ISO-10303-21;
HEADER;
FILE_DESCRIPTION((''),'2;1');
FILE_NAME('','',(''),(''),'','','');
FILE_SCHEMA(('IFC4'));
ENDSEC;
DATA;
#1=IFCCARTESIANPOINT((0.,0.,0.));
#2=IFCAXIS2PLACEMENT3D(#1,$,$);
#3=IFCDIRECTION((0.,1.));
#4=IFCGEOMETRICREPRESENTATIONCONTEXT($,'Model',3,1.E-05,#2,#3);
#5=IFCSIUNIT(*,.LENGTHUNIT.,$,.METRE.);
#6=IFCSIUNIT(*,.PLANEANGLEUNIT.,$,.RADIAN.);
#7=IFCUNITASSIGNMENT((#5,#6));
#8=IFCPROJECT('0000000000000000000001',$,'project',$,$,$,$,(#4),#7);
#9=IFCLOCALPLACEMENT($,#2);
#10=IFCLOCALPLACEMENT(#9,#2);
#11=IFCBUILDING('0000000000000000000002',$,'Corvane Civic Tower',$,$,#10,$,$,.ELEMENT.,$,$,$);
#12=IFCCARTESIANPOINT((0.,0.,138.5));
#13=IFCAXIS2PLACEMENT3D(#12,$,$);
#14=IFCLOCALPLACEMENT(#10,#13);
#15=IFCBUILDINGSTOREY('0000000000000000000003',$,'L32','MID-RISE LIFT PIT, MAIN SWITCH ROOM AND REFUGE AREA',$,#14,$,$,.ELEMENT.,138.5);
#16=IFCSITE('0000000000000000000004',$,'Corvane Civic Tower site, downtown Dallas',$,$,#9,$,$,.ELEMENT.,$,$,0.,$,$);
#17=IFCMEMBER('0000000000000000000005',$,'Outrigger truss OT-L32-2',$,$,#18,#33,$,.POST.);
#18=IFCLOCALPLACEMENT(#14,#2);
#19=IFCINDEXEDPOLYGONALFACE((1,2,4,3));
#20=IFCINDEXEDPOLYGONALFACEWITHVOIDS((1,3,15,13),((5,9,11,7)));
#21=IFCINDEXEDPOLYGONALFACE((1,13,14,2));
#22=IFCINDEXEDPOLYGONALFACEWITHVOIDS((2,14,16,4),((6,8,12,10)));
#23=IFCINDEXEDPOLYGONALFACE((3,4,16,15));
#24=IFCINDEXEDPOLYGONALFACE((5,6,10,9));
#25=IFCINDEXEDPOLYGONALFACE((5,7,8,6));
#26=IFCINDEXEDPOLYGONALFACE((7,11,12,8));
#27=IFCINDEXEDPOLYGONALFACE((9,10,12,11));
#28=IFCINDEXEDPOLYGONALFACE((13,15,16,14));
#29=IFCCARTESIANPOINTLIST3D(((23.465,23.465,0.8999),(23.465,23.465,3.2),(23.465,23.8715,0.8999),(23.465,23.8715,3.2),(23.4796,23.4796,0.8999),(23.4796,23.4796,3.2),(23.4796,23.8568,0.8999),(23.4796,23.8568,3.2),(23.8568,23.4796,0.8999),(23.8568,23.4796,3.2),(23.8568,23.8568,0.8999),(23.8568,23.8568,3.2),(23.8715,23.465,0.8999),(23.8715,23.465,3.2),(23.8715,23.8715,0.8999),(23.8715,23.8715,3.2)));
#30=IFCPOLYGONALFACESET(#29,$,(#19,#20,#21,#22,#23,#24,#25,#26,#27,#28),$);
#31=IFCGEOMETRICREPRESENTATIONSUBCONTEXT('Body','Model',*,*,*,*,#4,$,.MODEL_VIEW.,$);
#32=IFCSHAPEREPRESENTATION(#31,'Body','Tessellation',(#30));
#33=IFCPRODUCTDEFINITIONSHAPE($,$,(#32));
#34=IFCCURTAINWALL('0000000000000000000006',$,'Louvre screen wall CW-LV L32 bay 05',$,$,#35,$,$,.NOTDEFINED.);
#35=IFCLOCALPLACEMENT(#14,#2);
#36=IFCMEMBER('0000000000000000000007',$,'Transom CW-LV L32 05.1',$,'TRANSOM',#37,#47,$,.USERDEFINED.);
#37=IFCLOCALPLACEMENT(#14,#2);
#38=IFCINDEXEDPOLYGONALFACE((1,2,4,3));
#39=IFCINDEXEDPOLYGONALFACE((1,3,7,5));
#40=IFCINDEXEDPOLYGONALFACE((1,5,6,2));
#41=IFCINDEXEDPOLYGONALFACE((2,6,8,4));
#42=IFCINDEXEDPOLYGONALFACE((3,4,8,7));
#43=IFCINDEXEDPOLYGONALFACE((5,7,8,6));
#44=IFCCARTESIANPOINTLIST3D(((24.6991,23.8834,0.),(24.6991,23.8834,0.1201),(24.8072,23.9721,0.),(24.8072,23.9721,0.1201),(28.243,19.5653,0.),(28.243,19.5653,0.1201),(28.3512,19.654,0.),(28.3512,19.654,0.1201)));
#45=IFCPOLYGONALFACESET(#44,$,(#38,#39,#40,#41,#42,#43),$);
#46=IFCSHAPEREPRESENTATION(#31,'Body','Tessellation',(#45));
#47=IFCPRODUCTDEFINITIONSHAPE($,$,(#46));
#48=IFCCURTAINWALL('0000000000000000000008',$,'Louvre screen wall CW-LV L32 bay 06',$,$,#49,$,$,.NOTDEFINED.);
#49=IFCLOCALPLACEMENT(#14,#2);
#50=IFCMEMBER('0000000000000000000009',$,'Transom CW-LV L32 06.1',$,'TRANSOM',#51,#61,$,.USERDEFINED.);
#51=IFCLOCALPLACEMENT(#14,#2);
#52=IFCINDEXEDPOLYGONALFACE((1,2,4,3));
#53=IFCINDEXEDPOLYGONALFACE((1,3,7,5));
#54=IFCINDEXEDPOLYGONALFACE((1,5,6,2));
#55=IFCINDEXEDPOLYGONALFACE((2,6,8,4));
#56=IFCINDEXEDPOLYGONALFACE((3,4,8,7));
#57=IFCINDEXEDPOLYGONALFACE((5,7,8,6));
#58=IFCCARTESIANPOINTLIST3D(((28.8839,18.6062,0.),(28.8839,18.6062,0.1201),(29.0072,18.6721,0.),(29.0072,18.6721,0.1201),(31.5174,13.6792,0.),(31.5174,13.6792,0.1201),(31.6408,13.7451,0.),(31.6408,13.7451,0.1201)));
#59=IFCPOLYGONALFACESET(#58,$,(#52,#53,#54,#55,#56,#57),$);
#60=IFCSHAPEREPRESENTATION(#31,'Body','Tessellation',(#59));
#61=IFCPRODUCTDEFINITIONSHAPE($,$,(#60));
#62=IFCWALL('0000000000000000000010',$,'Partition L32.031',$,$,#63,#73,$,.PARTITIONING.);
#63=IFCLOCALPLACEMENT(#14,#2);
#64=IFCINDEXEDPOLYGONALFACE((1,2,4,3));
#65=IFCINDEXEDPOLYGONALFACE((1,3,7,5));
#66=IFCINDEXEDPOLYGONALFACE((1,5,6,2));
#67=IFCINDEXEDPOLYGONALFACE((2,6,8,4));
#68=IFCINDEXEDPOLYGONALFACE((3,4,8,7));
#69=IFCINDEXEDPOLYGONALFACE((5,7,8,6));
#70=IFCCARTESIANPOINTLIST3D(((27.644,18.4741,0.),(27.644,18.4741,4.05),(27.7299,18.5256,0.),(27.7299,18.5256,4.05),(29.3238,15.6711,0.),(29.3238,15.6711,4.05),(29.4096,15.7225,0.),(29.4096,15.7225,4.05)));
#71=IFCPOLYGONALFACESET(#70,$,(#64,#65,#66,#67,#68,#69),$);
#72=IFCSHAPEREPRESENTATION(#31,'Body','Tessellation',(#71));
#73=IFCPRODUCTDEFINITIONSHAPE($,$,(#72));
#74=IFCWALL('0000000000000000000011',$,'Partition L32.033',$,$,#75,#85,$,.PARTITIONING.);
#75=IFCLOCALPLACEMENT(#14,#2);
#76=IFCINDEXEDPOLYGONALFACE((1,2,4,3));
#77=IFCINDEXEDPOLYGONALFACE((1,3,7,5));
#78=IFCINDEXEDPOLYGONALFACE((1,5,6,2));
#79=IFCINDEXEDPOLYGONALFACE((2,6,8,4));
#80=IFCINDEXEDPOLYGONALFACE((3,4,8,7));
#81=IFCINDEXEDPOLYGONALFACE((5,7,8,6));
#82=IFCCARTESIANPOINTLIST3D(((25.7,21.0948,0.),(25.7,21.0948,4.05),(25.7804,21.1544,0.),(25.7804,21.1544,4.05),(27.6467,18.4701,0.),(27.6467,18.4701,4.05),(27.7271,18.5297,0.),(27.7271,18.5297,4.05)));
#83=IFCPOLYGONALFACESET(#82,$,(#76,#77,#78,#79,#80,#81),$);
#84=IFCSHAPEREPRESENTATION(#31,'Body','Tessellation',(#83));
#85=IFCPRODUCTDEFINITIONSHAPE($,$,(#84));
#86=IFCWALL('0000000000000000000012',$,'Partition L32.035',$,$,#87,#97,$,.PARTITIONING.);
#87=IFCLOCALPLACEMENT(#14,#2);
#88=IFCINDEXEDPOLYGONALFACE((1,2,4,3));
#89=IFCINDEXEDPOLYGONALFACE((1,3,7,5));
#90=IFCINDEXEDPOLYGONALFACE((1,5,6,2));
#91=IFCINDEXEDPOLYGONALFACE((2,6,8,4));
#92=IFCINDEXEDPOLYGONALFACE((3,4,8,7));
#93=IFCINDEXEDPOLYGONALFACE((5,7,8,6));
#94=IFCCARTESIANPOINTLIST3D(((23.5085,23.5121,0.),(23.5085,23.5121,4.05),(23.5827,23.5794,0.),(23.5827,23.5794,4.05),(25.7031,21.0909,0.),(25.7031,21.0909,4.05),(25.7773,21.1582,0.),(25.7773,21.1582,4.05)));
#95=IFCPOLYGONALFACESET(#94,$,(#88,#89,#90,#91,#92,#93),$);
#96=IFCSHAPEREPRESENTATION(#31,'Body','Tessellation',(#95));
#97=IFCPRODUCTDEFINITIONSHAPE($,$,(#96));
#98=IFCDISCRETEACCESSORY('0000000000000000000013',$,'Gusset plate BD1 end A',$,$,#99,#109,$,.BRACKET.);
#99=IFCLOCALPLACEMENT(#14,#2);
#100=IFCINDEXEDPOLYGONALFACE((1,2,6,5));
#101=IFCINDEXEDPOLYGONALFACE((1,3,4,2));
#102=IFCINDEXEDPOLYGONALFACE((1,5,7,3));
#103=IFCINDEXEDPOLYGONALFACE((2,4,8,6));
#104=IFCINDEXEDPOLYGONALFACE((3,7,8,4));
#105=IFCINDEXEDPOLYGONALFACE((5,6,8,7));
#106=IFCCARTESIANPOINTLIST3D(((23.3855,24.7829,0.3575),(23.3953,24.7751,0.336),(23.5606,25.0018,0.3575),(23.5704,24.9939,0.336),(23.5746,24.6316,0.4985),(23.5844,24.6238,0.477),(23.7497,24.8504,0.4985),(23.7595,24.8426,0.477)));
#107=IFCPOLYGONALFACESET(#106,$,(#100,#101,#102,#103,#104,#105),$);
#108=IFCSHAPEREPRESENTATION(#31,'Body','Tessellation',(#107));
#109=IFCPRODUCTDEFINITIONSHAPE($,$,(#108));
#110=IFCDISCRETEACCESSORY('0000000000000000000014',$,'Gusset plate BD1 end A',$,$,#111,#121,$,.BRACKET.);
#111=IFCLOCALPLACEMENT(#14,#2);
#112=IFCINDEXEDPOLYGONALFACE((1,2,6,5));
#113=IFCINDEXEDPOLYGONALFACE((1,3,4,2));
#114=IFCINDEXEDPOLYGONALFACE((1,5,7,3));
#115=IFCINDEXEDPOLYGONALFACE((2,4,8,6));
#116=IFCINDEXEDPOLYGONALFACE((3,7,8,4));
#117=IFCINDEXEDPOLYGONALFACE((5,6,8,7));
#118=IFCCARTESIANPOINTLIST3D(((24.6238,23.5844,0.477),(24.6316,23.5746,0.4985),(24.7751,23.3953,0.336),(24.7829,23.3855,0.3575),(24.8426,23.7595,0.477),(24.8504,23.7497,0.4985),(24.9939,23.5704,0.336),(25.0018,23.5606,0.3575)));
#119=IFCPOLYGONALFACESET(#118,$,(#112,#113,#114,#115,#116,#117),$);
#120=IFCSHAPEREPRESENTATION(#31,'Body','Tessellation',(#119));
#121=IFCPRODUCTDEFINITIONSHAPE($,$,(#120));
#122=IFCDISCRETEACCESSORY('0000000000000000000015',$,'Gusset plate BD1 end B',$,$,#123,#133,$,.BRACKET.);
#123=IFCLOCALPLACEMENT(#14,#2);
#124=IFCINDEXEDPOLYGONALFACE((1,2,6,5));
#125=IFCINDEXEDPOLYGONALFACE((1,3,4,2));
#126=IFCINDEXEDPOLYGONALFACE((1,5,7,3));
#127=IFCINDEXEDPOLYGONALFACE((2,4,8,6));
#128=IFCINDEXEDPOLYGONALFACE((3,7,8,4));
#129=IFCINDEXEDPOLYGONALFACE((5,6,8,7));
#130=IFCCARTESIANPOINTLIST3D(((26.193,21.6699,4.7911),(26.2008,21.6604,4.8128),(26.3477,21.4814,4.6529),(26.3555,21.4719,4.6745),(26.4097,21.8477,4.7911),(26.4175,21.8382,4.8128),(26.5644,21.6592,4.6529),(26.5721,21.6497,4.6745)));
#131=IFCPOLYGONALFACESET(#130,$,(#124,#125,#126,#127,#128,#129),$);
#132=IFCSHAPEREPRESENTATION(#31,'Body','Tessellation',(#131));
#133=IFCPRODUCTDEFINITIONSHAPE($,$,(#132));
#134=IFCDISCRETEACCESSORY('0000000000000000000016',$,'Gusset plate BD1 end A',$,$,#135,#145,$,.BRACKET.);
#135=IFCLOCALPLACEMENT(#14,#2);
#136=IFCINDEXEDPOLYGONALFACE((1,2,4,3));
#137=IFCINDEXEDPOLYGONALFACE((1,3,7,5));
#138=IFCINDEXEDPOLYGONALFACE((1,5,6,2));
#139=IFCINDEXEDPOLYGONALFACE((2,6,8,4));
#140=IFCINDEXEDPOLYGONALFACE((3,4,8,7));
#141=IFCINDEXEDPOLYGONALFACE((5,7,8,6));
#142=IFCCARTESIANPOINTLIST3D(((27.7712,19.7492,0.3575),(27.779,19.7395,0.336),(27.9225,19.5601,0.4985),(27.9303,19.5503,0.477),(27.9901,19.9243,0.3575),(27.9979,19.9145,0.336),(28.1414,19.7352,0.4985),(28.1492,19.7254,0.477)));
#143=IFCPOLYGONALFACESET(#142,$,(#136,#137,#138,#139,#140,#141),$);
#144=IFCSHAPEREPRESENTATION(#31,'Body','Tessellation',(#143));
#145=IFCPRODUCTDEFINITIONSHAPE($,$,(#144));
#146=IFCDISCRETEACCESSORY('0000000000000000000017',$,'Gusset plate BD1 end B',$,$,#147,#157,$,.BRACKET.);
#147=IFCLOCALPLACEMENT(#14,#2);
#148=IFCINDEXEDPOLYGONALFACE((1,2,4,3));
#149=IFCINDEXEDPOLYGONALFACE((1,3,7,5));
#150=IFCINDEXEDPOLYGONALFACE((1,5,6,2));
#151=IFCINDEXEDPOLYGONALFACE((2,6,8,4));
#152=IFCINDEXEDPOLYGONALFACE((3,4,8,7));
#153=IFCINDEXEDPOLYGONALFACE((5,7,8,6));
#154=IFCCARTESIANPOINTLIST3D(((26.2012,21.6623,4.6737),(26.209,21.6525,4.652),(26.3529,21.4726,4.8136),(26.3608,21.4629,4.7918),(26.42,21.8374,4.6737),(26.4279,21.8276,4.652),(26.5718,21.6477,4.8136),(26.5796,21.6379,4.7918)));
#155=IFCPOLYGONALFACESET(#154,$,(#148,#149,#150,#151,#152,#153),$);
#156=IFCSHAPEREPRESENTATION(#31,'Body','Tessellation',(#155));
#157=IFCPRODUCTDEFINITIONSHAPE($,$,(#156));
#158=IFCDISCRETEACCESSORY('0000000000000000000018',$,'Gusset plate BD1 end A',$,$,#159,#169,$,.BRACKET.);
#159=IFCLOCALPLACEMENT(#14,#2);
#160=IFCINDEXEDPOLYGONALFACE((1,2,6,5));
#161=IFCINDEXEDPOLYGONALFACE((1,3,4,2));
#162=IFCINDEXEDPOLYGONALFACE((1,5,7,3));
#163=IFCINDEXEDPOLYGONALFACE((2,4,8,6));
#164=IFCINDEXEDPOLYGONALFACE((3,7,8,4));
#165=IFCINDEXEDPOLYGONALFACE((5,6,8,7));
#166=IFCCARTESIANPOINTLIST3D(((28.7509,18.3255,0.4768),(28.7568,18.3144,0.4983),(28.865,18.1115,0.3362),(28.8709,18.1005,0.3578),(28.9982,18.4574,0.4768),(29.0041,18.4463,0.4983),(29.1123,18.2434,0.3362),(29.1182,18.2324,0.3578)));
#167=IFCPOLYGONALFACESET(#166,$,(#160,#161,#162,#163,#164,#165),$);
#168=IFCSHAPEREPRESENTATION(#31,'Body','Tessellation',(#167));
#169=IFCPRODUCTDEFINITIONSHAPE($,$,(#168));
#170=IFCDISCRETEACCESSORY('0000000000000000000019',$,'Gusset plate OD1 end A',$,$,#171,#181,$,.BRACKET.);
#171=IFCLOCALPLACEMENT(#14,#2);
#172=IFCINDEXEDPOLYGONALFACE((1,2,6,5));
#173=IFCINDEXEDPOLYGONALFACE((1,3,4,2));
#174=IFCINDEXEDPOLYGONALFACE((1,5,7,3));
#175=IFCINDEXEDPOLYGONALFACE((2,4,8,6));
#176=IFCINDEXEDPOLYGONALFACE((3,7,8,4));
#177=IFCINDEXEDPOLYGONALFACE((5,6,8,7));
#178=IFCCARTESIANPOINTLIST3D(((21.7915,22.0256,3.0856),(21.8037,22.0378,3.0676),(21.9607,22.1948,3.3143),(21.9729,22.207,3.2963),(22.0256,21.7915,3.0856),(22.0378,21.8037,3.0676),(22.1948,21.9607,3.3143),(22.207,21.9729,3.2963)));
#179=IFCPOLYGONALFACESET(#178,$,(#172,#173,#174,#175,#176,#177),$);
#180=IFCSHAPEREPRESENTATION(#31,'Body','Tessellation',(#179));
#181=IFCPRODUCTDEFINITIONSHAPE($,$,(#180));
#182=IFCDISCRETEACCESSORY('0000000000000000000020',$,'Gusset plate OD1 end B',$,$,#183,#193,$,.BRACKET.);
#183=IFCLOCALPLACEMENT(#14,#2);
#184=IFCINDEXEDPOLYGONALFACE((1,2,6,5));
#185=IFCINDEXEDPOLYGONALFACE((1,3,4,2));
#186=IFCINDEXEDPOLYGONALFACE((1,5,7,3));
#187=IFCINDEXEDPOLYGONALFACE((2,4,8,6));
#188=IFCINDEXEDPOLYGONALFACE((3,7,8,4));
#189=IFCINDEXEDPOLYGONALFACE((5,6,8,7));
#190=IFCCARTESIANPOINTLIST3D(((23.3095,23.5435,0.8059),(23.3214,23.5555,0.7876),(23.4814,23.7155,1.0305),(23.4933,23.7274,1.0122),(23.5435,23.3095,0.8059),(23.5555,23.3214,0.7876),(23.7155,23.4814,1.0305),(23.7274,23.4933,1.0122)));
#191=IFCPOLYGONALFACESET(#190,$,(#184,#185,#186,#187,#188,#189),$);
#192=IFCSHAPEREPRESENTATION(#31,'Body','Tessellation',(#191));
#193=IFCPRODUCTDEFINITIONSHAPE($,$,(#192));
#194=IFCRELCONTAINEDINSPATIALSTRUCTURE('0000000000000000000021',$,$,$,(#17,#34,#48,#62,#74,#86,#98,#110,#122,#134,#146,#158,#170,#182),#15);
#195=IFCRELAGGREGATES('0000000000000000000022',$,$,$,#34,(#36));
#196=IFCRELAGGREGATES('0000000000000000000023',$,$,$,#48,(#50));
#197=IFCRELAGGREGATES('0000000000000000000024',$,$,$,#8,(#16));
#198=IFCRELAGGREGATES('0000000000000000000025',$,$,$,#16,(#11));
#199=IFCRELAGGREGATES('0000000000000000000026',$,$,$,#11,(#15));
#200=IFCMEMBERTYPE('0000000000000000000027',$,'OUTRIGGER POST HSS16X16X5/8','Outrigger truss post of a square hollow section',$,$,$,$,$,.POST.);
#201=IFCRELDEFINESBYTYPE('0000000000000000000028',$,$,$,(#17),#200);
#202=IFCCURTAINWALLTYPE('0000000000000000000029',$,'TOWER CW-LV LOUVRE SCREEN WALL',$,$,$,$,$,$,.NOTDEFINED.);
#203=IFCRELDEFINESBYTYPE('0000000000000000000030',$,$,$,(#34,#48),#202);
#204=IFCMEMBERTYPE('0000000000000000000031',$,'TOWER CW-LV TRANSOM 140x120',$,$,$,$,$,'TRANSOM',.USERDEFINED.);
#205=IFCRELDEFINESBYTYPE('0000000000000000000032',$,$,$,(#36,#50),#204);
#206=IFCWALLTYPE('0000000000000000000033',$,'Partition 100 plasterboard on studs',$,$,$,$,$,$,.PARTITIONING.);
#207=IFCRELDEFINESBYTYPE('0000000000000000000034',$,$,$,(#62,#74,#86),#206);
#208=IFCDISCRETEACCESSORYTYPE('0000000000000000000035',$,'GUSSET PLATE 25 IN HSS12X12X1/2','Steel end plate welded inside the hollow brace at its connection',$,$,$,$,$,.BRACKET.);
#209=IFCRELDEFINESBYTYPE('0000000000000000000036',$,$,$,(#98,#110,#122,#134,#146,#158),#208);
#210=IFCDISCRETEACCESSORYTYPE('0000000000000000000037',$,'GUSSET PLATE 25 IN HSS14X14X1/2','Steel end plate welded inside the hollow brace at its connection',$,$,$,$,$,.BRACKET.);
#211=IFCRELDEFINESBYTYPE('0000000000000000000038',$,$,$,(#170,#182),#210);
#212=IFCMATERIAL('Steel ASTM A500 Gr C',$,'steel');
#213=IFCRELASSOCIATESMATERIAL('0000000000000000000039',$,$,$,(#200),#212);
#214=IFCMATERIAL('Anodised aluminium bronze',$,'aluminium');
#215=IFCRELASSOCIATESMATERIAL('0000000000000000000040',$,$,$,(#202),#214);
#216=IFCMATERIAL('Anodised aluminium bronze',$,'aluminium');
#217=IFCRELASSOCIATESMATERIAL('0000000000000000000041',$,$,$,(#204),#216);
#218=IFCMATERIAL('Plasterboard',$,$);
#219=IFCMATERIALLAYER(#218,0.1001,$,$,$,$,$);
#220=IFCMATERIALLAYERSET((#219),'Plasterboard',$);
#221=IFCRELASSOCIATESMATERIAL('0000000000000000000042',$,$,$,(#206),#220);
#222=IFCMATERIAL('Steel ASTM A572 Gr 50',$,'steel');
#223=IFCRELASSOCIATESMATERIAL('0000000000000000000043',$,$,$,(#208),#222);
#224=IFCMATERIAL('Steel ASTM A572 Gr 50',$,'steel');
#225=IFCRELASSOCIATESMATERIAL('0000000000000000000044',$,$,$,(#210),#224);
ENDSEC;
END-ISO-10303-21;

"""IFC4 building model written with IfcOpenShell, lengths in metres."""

from ifc_helpers import new_model, si_unit, direction, frame, frame_2d, origin, origin_2d, place, context, subcontext, project, spatial, rectangle, hollow_rectangle, extrude, material, layer, layer_set, material_profile, profile_set, type_object, element, aggregate, save


model = new_model("IFC4")

# Units and contexts
model_context = context("Model", 3, precision=1e-05, world=origin(), true_north=direction((0.0, 1.0)))
body_context = subcontext(model_context, "Body", "Model", "MODEL_VIEW")
ifc_project = project(units=[si_unit("LENGTHUNIT", "METRE"), si_unit("PLANEANGLEUNIT", "RADIAN")], contexts=[model_context])

# Site, building, storey
site_placement = place(None, origin())
site = spatial("IfcSite", under=ifc_project, at=site_placement, Name="Corvane Civic Tower site, downtown Dallas", CompositionType="ELEMENT", RefElevation=0.0)
building_placement = place(site_placement, origin())
building = spatial("IfcBuilding", under=site, at=building_placement, Name="Corvane Civic Tower", CompositionType="ELEMENT")
storey_placement = place(building_placement, frame((0.0, 0.0, 138.5)))
storey = spatial("IfcBuildingStorey", under=building, at=storey_placement, Name="L32", Description="MID-RISE LIFT PIT, MAIN SWITCH ROOM AND REFUGE AREA", CompositionType="ELEMENT", Elevation=138.5)

# Member
ifc_material_1 = material(Name="Steel ASTM A500 Gr C", Category="steel")
ifc_material_profile_1 = material_profile(ifc_material_1, hollow_rectangle(XDim=0.4065, YDim=0.4065, WallThickness=0.0146, at=origin_2d()), Name="HSS16X16X5/8")
ifc_profile_set_1 = profile_set([ifc_material_profile_1], Name="Steel ASTM A500 Gr C")
member_type_1 = type_object("IfcMemberType", Name="OUTRIGGER POST HSS16X16X5/8", Description="Outrigger truss post of a square hollow section", PredefinedType="POST", material=ifc_profile_set_1)
member_1_placement = place(storey_placement, frame((23.6682, 23.6682, 0.8999), z_axis=(0.0, 0.0, 1.0), x_axis=(1.0, 0.0, 0.0)))
element("IfcMember", 1, at=member_1_placement, inside=storey, type_object=member_type_1, Name="Outrigger truss OT-L32-2", PredefinedType="POST", context=body_context, shape_type="SweptSolid", body=[
    extrude(hollow_rectangle(XDim=0.4065, YDim=0.4065, WallThickness=0.0146, at=origin_2d()), origin(), (0.0, 0.0, 1.0), 2.3),
])

# Curtain walls, members
ifc_material_2 = material(Name="Anodised aluminium bronze", Category="aluminium")
curtain_wall_type = type_object("IfcCurtainWallType", Name="TOWER CW-LV LOUVRE SCREEN WALL", PredefinedType="NOTDEFINED", material=ifc_material_2)
curtain_wall_1_placement = place(storey_placement, origin())
curtain_wall_1 = element("IfcCurtainWall", 2, at=curtain_wall_1_placement, inside=storey, type_object=curtain_wall_type, Name="Louvre screen wall CW-LV L32 bay 05", PredefinedType="NOTDEFINED")
ifc_material_3 = material(Name="Anodised aluminium bronze", Category="aluminium")
ifc_material_profile_2 = material_profile(ifc_material_3, rectangle(XDim=0.1399, YDim=0.1201, at=origin_2d()), Name="TOWER CW-LV TRANSOM 140x120")
ifc_profile_set_2 = profile_set([ifc_material_profile_2], Name="Anodised aluminium bronze")
member_type_2 = type_object("IfcMemberType", Name="TOWER CW-LV TRANSOM 140x120", ElementType="TRANSOM", PredefinedType="USERDEFINED", material=ifc_profile_set_2)
member_2_placement = place(storey_placement, frame((24.7532, 23.9277, 0.0601), z_axis=(0.63441, -0.772996, 0.0), x_axis=(0.772996, 0.63441, 0.0)))
member_2 = element("IfcMember", 3, at=member_2_placement, type_object=member_type_2, Name="Transom CW-LV L32 05.1", ObjectType="TRANSOM", PredefinedType="USERDEFINED", context=body_context, shape_type="SweptSolid", body=[
    extrude(rectangle(XDim=0.1399, YDim=0.1201, at=origin_2d()), origin(), (0.0, 0.0, 1.0), 5.5862),
])
curtain_wall_2_placement = place(storey_placement, origin())
curtain_wall_2 = element("IfcCurtainWall", 4, at=curtain_wall_2_placement, inside=storey, type_object=curtain_wall_type, Name="Louvre screen wall CW-LV L32 bay 06", PredefinedType="NOTDEFINED")
member_3_placement = place(storey_placement, frame((28.9456, 18.6392, 0.0601), z_axis=(0.471398, -0.881921, 0.0), x_axis=(0.881921, 0.471398, 0.0)))
member_3 = element("IfcMember", 5, at=member_3_placement, type_object=member_type_2, Name="Transom CW-LV L32 06.1", ObjectType="TRANSOM", PredefinedType="USERDEFINED", context=body_context, shape_type="SweptSolid", body=[
    extrude(rectangle(XDim=0.1399, YDim=0.1201, at=origin_2d()), origin(), (0.0, 0.0, 1.0), 5.5867),
])

# Walls
ifc_material_4 = material(Name="Plasterboard")
ifc_layer = layer(ifc_material_4, 0.1001)
ifc_layer_set = layer_set([ifc_layer], Name="Plasterboard")
wall_type = type_object("IfcWallType", Name="Partition 100 plasterboard on studs", PredefinedType="PARTITIONING", material=ifc_layer_set)
for number, where, z_axis, x_axis, name in (
    (6, (27.687, 18.4998, 0.0), (0.0, 0.0, 1.0), (0.514023, -0.857776, 0.0), "Partition L32.031"),
    (7, (25.7402, 21.1245, 0.0), (0.0, 0.0, 1.0), (0.595724, -0.803189, 0.0), "Partition L32.033"),
    (8, (23.5457, 23.5457, 0.0), (0.0, 0.0, 1.0), (0.67159, -0.740923, 0.0), "Partition L32.035"),
):
    element("IfcWall", number, at=place(storey_placement, frame(where, z_axis=z_axis, x_axis=x_axis)), inside=storey, type_object=wall_type, Name=name, PredefinedType="PARTITIONING", context=body_context, shape_type="SweptSolid", body=[
        extrude(rectangle(XDim=3.2678, YDim=0.1001, at=frame_2d((1.6338, 0.0))), origin(), (0.0, 0.0, 1.0), 4.05),
    ])

aggregate(curtain_wall_1, [member_2])
aggregate(curtain_wall_2, [member_3])

# Discrete accessories
ifc_material_5 = material(Name="Steel ASTM A572 Gr 50", Category="steel")
ifc_material_profile_3 = material_profile(ifc_material_5, rectangle(XDim=0.2803, YDim=0.2803, at=origin_2d()), Name="GUSSET PLATE 25 IN HSS12X12X1/2")
ifc_profile_set_3 = profile_set([ifc_material_profile_3], Name="Steel ASTM A572 Gr 50")
discrete_accessory_type_1 = type_object("IfcDiscreteAccessoryType", Name="GUSSET PLATE 25 IN HSS12X12X1/2", Description="Steel end plate welded inside the hollow brace at its connection", PredefinedType="BRACKET", material=ifc_profile_set_3)
for number, where, z_axis, x_axis, name in (
    (9, (23.5774, 24.8088, 0.4065), (-0.392837, 0.31427, 0.864242), (-0.624695, -0.780869, 0.0), "Gusset plate BD1 end A"),
    (10, (24.8088, 23.5774, 0.4065), (0.31427, -0.392837, 0.864242), (0.780869, 0.624695, 0.0), "Gusset plate BD1 end A"),
    (11, (26.3865, 21.655, 4.7437), (-0.312795, 0.381219, -0.869961), (-0.773073, -0.634317, 0.0), "Gusset plate BD1 end B"),
    (12, (27.9641, 19.7324, 0.4065), (-0.31427, 0.392837, 0.864242), (-0.780869, -0.624695, 0.0), "Gusset plate BD1 end A"),
):
    element("IfcDiscreteAccessory", number, at=place(storey_placement, frame(where, z_axis=z_axis, x_axis=x_axis)), inside=storey, type_object=discrete_accessory_type_1, Name=name, PredefinedType="BRACKET", context=body_context, shape_type="SweptSolid", body=[
        extrude(rectangle(XDim=0.2803, YDim=0.2803, at=origin_2d()), origin(), (0.0, 0.0, 1.0), 0.0249),
    ])
discrete_accessory_1_placement = place(storey_placement, frame((26.3865, 21.655, 4.7437), z_axis=(0.311621, -0.389526, -0.866696), x_axis=(0.780869, 0.624695, 0.0)))
element("IfcDiscreteAccessory", 13, at=discrete_accessory_1_placement, inside=storey, type_object=discrete_accessory_type_1, Name="Gusset plate BD1 end B", PredefinedType="BRACKET", context=body_context, shape_type="SweptSolid", body=[
    extrude(rectangle(XDim=0.2803, YDim=0.2803, at=origin_2d()), origin(), (0.0, 0.0, 1.0), 0.0251),
])
discrete_accessory_2_placement = place(storey_placement, frame((28.9316, 18.2844, 0.4065), z_axis=(0.235964, -0.442433, 0.865202), x_axis=(0.882353, 0.470588, 0.0)))
element("IfcDiscreteAccessory", 14, at=discrete_accessory_2_placement, inside=storey, type_object=discrete_accessory_type_1, Name="Gusset plate BD1 end A", PredefinedType="BRACKET", context=body_context, shape_type="SweptSolid", body=[
    extrude(rectangle(XDim=0.2803, YDim=0.2803, at=origin_2d()), origin(), (0.0, 0.0, 1.0), 0.0249),
])
ifc_material_6 = material(Name="Steel ASTM A572 Gr 50", Category="steel")
ifc_material_profile_4 = material_profile(ifc_material_6, rectangle(XDim=0.3311, YDim=0.3311, at=origin_2d()), Name="GUSSET PLATE 25 IN HSS14X14X1/2")
ifc_profile_set_4 = profile_set([ifc_material_profile_4], Name="Steel ASTM A572 Gr 50")
discrete_accessory_type_2 = type_object("IfcDiscreteAccessoryType", Name="GUSSET PLATE 25 IN HSS14X14X1/2", Description="Steel end plate welded inside the hollow brace at its connection", PredefinedType="BRACKET", material=ifc_profile_set_4)
for number, where, z_axis, x_axis, name in (
    (15, (21.9932, 21.9932, 3.2), (0.488509, 0.488509, -0.722993), (-0.707107, 0.707107, 0.0), "Gusset plate OD1 end A"),
    (16, (23.5244, 23.5244, 0.8999), (-0.479862, -0.479862, 0.734483), (0.707107, -0.707107, 0.0), "Gusset plate OD1 end B"),
):
    element("IfcDiscreteAccessory", number, at=place(storey_placement, frame(where, z_axis=z_axis, x_axis=x_axis)), inside=storey, type_object=discrete_accessory_type_2, Name=name, PredefinedType="BRACKET", context=body_context, shape_type="SweptSolid", body=[
        extrude(rectangle(XDim=0.3311, YDim=0.3311, at=origin_2d()), origin(), (0.0, 0.0, 1.0), 0.0249),
    ])

save(model, "model.ifc")
